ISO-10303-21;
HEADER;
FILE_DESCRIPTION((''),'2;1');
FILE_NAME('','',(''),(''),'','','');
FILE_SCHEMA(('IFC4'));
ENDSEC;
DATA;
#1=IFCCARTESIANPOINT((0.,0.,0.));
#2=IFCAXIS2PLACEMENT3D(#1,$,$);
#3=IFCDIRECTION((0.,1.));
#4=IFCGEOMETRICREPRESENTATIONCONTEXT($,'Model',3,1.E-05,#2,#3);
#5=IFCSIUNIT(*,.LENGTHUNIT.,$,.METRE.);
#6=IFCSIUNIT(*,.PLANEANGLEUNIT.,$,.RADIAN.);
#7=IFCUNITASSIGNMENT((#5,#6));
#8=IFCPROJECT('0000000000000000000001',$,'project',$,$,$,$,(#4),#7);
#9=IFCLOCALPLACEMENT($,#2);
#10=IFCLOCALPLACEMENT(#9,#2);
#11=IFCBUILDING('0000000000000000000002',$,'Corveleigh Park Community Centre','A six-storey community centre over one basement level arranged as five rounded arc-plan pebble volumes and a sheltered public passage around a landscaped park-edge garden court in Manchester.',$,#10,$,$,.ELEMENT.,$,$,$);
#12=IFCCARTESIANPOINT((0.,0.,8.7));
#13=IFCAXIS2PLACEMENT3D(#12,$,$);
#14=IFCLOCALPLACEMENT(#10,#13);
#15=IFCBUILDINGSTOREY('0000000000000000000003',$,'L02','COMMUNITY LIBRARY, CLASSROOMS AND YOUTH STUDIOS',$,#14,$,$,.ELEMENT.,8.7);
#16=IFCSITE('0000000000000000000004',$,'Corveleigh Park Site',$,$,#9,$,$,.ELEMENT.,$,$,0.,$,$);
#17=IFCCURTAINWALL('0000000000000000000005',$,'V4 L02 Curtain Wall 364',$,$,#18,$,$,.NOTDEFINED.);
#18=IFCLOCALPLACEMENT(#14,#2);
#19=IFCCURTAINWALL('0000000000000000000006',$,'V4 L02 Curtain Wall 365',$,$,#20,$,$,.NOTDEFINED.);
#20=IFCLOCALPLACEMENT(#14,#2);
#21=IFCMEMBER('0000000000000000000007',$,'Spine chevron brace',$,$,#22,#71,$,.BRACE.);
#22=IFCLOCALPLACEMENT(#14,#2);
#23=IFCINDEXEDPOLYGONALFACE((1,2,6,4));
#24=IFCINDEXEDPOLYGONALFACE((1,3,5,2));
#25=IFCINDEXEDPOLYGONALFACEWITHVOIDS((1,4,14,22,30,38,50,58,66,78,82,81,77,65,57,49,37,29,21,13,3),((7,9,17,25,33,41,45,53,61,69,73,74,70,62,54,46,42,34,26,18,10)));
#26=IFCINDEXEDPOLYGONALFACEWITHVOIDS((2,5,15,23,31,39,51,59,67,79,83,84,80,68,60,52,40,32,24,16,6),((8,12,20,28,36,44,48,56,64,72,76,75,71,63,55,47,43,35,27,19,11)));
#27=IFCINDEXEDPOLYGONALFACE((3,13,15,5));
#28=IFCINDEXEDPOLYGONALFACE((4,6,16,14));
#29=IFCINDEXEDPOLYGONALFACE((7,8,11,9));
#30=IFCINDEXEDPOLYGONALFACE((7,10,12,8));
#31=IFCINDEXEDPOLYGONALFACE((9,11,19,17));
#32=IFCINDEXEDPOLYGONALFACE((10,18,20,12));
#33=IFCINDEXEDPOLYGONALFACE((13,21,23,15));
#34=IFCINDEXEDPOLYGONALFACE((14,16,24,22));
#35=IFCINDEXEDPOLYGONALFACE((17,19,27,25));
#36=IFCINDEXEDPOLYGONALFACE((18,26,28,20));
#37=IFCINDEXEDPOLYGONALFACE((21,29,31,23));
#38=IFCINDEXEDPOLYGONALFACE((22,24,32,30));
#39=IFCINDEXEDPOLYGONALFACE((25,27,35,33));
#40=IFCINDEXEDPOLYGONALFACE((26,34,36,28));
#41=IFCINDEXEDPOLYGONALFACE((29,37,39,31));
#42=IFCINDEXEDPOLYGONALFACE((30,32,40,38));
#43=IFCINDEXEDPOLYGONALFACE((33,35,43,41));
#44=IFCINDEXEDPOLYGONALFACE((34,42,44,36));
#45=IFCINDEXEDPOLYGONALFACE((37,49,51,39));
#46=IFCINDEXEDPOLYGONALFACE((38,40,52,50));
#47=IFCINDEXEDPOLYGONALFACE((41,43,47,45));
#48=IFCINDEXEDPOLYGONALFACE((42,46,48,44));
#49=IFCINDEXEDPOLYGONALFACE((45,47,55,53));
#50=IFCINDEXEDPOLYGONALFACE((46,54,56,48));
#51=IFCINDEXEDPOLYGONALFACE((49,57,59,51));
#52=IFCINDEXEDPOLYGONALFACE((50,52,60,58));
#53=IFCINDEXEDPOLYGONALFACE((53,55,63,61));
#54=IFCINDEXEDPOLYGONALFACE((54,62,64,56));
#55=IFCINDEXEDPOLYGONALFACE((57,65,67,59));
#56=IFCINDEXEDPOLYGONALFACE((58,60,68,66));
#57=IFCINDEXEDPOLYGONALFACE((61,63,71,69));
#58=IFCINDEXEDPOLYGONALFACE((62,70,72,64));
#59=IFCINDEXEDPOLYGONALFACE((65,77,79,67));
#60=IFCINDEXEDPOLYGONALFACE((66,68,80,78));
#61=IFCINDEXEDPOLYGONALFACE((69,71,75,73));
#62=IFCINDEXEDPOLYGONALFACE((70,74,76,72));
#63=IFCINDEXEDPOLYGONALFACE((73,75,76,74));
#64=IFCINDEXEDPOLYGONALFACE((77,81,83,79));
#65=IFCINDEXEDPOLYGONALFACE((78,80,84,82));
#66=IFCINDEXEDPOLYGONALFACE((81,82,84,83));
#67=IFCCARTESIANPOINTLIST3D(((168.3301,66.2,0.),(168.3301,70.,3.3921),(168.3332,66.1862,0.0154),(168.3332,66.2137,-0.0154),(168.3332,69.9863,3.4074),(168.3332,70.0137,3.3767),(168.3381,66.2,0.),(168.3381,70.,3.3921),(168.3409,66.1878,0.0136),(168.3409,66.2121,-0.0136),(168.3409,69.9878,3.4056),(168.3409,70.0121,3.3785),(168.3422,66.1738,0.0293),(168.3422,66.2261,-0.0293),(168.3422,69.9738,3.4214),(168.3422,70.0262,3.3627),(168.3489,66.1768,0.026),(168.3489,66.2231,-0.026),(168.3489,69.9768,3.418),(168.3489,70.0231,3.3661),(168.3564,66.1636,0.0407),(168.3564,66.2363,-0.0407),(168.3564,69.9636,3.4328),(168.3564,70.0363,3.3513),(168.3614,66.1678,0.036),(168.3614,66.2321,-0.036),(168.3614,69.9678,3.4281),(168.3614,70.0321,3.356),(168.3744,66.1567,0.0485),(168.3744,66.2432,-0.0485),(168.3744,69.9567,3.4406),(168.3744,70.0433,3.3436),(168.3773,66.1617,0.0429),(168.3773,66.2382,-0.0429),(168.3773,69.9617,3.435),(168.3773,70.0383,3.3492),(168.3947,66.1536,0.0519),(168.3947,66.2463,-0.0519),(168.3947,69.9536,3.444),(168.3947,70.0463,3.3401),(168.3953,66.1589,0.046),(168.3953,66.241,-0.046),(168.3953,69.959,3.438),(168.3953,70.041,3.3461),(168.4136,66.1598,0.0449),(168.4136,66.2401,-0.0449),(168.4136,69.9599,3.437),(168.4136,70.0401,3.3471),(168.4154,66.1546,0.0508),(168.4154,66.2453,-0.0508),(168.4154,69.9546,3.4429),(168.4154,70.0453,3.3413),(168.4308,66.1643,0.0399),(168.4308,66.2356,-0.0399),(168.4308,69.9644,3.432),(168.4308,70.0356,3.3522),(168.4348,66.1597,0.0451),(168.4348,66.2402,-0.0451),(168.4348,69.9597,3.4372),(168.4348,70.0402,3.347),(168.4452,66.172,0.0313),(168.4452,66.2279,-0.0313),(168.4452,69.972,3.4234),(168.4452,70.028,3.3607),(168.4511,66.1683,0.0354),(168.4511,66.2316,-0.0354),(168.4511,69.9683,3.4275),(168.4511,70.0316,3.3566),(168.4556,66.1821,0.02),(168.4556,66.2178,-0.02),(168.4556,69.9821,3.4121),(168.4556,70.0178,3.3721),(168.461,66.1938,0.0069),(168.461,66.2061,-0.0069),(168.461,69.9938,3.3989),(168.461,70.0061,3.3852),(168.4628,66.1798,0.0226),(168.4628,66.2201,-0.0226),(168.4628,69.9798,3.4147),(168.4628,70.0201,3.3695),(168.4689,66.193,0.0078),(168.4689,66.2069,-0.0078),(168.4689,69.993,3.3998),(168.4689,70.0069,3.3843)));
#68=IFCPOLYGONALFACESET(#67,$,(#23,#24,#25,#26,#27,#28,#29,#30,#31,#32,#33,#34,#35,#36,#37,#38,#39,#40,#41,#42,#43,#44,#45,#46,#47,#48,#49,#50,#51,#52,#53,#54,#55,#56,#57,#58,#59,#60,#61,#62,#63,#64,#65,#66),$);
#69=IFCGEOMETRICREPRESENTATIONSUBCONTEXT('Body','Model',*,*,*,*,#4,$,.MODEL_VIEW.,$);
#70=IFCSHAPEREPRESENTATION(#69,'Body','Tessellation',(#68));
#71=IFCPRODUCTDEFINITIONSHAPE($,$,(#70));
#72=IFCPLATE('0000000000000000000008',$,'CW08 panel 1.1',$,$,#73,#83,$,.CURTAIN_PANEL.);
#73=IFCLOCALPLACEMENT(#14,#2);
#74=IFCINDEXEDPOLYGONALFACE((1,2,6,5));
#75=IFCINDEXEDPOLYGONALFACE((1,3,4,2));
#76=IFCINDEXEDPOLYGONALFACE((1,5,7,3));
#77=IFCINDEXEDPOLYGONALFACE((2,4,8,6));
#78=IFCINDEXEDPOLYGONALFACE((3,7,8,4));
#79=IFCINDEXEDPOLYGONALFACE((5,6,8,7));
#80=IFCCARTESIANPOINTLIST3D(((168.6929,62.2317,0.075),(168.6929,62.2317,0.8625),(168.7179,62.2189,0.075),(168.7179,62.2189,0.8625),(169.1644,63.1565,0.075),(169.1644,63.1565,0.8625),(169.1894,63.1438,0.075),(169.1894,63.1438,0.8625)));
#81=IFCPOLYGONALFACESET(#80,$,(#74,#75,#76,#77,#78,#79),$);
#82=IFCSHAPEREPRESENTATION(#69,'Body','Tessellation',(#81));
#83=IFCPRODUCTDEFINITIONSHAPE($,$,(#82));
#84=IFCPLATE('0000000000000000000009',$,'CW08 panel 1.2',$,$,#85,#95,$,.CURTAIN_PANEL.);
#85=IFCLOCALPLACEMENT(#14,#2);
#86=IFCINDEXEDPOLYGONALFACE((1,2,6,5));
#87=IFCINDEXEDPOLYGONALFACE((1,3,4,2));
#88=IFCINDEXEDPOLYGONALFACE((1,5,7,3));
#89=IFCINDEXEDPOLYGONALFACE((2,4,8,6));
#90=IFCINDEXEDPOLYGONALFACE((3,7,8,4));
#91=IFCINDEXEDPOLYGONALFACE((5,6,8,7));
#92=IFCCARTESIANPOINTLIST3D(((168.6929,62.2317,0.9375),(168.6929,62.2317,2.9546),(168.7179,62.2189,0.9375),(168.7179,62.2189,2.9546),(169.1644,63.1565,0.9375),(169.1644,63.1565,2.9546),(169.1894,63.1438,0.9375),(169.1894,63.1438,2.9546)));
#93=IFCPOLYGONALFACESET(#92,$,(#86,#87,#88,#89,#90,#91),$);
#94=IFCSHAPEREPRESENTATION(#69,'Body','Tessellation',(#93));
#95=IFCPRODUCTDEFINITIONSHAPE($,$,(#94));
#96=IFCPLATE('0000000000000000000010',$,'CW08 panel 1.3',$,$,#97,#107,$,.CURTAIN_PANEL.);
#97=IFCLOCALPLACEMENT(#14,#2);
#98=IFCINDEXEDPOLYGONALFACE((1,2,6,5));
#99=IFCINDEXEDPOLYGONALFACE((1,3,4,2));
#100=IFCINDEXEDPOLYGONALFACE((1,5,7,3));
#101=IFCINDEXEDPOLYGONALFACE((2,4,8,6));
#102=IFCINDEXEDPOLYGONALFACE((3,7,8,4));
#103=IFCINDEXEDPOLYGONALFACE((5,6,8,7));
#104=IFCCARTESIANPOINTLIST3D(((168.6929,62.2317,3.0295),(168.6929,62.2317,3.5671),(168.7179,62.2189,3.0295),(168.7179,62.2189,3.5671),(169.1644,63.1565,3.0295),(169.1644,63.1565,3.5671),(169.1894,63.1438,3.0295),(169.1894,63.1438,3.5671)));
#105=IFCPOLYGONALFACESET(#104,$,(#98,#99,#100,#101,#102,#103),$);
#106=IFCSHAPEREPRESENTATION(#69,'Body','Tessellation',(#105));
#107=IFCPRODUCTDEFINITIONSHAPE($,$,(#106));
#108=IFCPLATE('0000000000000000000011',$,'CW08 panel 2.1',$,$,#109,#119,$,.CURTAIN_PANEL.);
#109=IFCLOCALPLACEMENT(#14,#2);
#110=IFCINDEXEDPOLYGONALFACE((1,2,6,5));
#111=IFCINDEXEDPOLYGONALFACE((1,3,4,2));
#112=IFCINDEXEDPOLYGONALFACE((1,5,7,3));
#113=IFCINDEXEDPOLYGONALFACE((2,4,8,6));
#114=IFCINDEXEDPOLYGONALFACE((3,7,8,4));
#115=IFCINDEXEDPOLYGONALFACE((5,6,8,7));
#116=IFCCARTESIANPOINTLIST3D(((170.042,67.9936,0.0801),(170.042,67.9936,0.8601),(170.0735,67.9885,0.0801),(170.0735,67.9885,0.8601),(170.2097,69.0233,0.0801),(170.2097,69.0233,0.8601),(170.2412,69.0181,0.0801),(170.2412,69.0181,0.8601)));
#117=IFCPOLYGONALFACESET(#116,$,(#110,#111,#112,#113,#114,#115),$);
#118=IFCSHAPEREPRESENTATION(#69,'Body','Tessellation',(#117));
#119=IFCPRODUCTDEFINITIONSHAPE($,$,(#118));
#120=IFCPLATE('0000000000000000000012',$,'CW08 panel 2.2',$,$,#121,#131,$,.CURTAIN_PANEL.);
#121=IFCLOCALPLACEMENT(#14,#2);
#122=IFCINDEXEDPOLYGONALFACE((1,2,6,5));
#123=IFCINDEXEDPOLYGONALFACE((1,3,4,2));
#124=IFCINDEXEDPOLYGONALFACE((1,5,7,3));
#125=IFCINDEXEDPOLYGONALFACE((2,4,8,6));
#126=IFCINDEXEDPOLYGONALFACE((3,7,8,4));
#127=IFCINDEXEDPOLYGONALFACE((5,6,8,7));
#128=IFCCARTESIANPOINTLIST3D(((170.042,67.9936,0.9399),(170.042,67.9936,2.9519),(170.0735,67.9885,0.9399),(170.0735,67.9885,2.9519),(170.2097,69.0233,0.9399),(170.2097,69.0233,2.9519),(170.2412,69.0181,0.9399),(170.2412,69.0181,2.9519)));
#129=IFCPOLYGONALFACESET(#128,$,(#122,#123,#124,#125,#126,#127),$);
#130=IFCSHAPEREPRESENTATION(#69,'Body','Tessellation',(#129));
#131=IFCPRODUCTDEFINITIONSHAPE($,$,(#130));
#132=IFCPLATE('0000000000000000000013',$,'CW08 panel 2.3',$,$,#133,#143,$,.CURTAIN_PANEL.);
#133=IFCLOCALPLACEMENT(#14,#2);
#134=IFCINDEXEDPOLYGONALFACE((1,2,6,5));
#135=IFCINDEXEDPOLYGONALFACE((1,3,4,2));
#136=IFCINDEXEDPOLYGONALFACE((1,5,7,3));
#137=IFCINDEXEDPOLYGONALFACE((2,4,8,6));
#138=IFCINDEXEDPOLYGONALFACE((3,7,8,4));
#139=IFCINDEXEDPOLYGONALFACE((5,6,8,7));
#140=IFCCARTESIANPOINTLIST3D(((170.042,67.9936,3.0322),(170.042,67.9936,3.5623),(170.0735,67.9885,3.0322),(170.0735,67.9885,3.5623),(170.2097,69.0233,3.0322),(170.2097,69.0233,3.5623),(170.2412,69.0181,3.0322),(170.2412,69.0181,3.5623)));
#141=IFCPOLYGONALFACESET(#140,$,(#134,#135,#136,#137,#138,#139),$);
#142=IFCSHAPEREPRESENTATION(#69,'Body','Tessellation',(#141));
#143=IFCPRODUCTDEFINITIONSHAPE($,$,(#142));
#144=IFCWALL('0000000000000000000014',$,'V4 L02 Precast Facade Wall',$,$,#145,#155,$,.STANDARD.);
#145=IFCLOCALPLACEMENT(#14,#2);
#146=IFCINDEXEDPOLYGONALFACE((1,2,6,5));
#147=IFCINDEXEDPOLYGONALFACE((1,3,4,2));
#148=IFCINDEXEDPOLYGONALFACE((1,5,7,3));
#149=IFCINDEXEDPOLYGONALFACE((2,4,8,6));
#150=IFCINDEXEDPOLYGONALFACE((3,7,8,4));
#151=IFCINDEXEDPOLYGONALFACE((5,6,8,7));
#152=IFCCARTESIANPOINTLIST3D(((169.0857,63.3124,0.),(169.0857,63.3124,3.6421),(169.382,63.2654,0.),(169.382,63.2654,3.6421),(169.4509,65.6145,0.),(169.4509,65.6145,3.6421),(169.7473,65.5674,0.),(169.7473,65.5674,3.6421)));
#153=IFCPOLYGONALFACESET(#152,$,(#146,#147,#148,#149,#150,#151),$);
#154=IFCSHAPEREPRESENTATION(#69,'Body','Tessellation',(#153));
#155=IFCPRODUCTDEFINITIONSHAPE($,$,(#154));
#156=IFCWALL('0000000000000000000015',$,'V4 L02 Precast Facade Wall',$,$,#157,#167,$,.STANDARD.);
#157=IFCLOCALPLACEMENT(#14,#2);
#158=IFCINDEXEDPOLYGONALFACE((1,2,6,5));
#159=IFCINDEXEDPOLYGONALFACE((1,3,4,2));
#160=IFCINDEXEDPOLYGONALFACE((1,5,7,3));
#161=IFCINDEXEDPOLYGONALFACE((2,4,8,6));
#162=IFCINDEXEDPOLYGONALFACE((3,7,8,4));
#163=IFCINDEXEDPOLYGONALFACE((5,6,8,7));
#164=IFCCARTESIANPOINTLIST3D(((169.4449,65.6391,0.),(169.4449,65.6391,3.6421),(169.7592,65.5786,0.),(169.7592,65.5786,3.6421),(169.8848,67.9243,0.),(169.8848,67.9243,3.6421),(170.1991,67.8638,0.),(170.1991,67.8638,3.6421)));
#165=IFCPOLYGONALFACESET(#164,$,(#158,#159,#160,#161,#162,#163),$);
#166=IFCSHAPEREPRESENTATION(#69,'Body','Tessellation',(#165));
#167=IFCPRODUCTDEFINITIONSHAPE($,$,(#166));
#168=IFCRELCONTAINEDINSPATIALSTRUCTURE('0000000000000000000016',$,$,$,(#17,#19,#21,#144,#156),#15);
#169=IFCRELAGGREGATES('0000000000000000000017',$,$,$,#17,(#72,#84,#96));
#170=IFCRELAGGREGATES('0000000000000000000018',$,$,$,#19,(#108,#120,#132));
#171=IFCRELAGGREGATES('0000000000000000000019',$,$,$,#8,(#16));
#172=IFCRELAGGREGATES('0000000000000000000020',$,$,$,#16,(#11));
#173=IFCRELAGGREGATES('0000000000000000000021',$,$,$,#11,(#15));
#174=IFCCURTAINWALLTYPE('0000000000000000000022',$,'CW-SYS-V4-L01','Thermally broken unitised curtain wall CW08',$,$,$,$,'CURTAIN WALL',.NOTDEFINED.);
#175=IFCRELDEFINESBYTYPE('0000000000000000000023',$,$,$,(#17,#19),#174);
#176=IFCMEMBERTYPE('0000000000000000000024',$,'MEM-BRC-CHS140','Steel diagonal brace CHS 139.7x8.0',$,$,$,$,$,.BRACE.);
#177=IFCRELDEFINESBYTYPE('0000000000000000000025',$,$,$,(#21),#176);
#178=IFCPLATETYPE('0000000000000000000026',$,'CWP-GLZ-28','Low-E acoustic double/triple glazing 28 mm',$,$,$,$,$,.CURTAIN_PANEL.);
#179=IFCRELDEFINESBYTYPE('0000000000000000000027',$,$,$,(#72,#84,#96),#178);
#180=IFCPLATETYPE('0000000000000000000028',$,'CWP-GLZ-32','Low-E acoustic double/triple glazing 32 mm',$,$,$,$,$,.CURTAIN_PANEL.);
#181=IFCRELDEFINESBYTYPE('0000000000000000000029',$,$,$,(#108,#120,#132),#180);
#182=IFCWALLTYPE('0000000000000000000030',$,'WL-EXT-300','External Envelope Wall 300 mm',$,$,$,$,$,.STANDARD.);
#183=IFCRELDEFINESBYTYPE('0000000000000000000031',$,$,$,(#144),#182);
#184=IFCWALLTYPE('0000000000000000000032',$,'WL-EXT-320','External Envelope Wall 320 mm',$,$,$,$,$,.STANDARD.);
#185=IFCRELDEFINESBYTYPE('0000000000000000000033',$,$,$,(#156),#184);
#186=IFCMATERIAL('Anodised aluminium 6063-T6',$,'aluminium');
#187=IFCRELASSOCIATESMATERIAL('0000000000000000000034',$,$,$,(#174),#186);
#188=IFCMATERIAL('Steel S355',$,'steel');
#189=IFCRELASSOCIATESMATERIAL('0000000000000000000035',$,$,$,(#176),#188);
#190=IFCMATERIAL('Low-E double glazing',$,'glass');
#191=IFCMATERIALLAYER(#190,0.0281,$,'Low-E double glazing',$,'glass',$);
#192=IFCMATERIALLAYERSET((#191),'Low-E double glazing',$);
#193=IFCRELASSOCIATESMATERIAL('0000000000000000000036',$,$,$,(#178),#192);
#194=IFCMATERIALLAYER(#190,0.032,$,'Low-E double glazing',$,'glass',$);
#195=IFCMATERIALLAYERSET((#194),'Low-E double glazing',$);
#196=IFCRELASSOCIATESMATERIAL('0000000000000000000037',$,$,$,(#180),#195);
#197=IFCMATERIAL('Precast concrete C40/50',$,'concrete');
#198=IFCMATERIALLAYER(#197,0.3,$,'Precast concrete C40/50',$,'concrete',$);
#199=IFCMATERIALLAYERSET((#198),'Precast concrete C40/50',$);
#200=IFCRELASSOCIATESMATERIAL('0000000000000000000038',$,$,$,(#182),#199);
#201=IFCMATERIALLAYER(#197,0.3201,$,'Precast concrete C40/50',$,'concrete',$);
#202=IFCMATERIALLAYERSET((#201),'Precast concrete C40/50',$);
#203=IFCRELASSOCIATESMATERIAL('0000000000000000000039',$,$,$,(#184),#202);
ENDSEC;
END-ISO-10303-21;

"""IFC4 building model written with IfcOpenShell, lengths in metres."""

from ifc_helpers import new_model, si_unit, direction, frame, frame_2d, origin, origin_2d, place, context, subcontext, project, spatial, rectangle, hollow_circle, extrude, material, layer, layer_set, material_profile, profile_set, type_object, element, aggregate, save


model = new_model("IFC4")

# Units and contexts
model_context = context("Model", 3, precision=1e-05, world=origin(), true_north=direction((0.0, 1.0)))
body_context = subcontext(model_context, "Body", "Model", "MODEL_VIEW")
ifc_project = project(units=[si_unit("LENGTHUNIT", "METRE"), si_unit("PLANEANGLEUNIT", "RADIAN")], contexts=[model_context])

# Site, building, storey
site_placement = place(None, origin())
site = spatial("IfcSite", under=ifc_project, at=site_placement, Name="Corveleigh Park Site", CompositionType="ELEMENT", RefElevation=0.0)
building_placement = place(site_placement, origin())
building = spatial("IfcBuilding", under=site, at=building_placement, Name="Corveleigh Park Community Centre", Description="A six-storey community centre over one basement level arranged as five rounded arc-plan pebble volumes and a sheltered public passage around a landscaped park-edge garden court in Manchester.", CompositionType="ELEMENT")
storey_placement = place(building_placement, frame((0.0, 0.0, 8.7)))
storey = spatial("IfcBuildingStorey", under=building, at=storey_placement, Name="L02", Description="COMMUNITY LIBRARY, CLASSROOMS AND YOUTH STUDIOS", CompositionType="ELEMENT", Elevation=8.7)

# Shared definitions
ifc_material_1 = material(Name="Steel S355", Category="steel")

# Curtain wall
ifc_material_2 = material(Name="Anodised aluminium 6063-T6", Category="aluminium")
curtain_wall_type = type_object("IfcCurtainWallType", Name="CW-SYS-V4-L01", Description="Thermally broken unitised curtain wall CW08", ElementType="CURTAIN WALL", PredefinedType="NOTDEFINED", material=ifc_material_2)
curtain_wall_1_placement = place(storey_placement, origin())
curtain_wall_1 = element("IfcCurtainWall", 1, at=curtain_wall_1_placement, inside=storey, type_object=curtain_wall_type, Name="V4 L02 Curtain Wall 364", PredefinedType="NOTDEFINED")

# Curtain wall
curtain_wall_2_placement = place(storey_placement, origin())
curtain_wall_2 = element("IfcCurtainWall", 2, at=curtain_wall_2_placement, inside=storey, type_object=curtain_wall_type, Name="V4 L02 Curtain Wall 365", PredefinedType="NOTDEFINED")

# Member
ifc_material_profile_1 = material_profile(ifc_material_1, hollow_circle(Radius=0.0698, WallThickness=0.0081, at=origin_2d()), Name="CHS 139.7x8.0", Category="steel")
ifc_profile_set_1 = profile_set([ifc_material_profile_1], Name="Steel S355")
member_type_1 = type_object("IfcMemberType", Name="MEM-BRC-CHS140", Description="Steel diagonal brace CHS 139.7x8.0", PredefinedType="BRACE", material=ifc_profile_set_1)
member_1_placement = place(storey_placement, frame((168.3999, 66.2, 0.0), z_axis=(0.0, 0.746017, 0.665927), x_axis=(-1.0, 0.0, 0.0)))
element("IfcMember", 3, at=member_1_placement, inside=storey, type_object=member_type_1, Name="Spine chevron brace", PredefinedType="BRACE", context=body_context, shape_type="SweptSolid", body=[
    extrude(hollow_circle(Radius=0.0698, WallThickness=0.0081, at=origin_2d()), origin(), (0.0, 0.0, 1.0), 5.0938),
])

# Plates
ifc_material_3 = material(Name="Low-E double glazing", Category="glass")
ifc_layer_1 = layer(ifc_material_3, 0.0281, Name="Low-E double glazing", Category="glass")
ifc_layer_set_1 = layer_set([ifc_layer_1], Name="Low-E double glazing")
plate_type_1 = type_object("IfcPlateType", Name="CWP-GLZ-28", Description="Low-E acoustic double/triple glazing 28 mm", PredefinedType="CURTAIN_PANEL", material=ifc_layer_set_1)
plate_1_placement = place(storey_placement, frame((168.9412, 62.6877, 0.075), z_axis=(0.0, 0.0, 1.0), x_axis=(-0.454154, -0.890923, 0.0)))
plate_1 = element("IfcPlate", 4, at=plate_1_placement, type_object=plate_type_1, Name="CW08 panel 1.1", PredefinedType="CURTAIN_PANEL", context=body_context, shape_type="SweptSolid", body=[
    extrude(rectangle(XDim=1.0381, YDim=0.0281, at=origin_2d()), origin(), (0.0, 0.0, 1.0), 0.7876),
])
plate_2_placement = place(storey_placement, frame((168.9412, 62.6877, 0.9375), z_axis=(0.0, 0.0, 1.0), x_axis=(-0.454154, -0.890923, 0.0)))
plate_2 = element("IfcPlate", 5, at=plate_2_placement, type_object=plate_type_1, Name="CW08 panel 1.2", PredefinedType="CURTAIN_PANEL", context=body_context, shape_type="SweptSolid", body=[
    extrude(rectangle(XDim=1.0381, YDim=0.0281, at=origin_2d()), origin(), (0.0, 0.0, 1.0), 2.0171),
])
plate_3_placement = place(storey_placement, frame((168.9412, 62.6877, 3.0295), z_axis=(0.0, 0.0, 1.0), x_axis=(-0.454154, -0.890923, 0.0)))
plate_3 = element("IfcPlate", 6, at=plate_3_placement, type_object=plate_type_1, Name="CW08 panel 1.3", PredefinedType="CURTAIN_PANEL", context=body_context, shape_type="SweptSolid", body=[
    extrude(rectangle(XDim=1.0381, YDim=0.0281, at=origin_2d()), origin(), (0.0, 0.0, 1.0), 0.5376),
])
aggregate(curtain_wall_1, [plate_1, plate_2, plate_3])
ifc_layer_2 = layer(ifc_material_3, 0.032, Name="Low-E double glazing", Category="glass")
ifc_layer_set_2 = layer_set([ifc_layer_2], Name="Low-E double glazing")
plate_type_2 = type_object("IfcPlateType", Name="CWP-GLZ-32", Description="Low-E acoustic double/triple glazing 32 mm", PredefinedType="CURTAIN_PANEL", material=ifc_layer_set_2)
plate_4_placement = place(storey_placement, frame((170.1416, 68.5059, 0.0801), z_axis=(0.0, 0.0, 1.0), x_axis=(-0.160773, -0.986991, 0.0)))
plate_4 = element("IfcPlate", 7, at=plate_4_placement, type_object=plate_type_2, Name="CW08 panel 2.1", PredefinedType="CURTAIN_PANEL", context=body_context, shape_type="SweptSolid", body=[
    extrude(rectangle(XDim=1.0432, YDim=0.032, at=origin_2d()), origin(), (0.0, 0.0, 1.0), 0.78),
])
plate_5_placement = place(storey_placement, frame((170.1416, 68.5059, 0.9399), z_axis=(0.0, 0.0, 1.0), x_axis=(-0.160773, -0.986991, 0.0)))
plate_5 = element("IfcPlate", 8, at=plate_5_placement, type_object=plate_type_2, Name="CW08 panel 2.2", PredefinedType="CURTAIN_PANEL", context=body_context, shape_type="SweptSolid", body=[
    extrude(rectangle(XDim=1.0432, YDim=0.032, at=origin_2d()), origin(), (0.0, 0.0, 1.0), 2.012),
])
plate_6_placement = place(storey_placement, frame((170.1416, 68.5059, 3.0322), z_axis=(0.0, 0.0, 1.0), x_axis=(-0.160773, -0.986991, 0.0)))
plate_6 = element("IfcPlate", 9, at=plate_6_placement, type_object=plate_type_2, Name="CW08 panel 2.3", PredefinedType="CURTAIN_PANEL", context=body_context, shape_type="SweptSolid", body=[
    extrude(rectangle(XDim=1.0432, YDim=0.032, at=origin_2d()), origin(), (0.0, 0.0, 1.0), 0.53),
])
aggregate(curtain_wall_2, [plate_4, plate_5, plate_6])

# Walls
ifc_material_4 = material(Name="Precast concrete C40/50", Category="concrete")
ifc_layer_3 = layer(ifc_material_4, 0.3, Name="Precast concrete C40/50", Category="concrete")
ifc_layer_set_3 = layer_set([ifc_layer_3], Name="Precast concrete C40/50")
wall_type_1 = type_object("IfcWallType", Name="WL-EXT-300", Description="External Envelope Wall 300 mm", PredefinedType="STANDARD", material=ifc_layer_set_3)
wall_1_placement = place(storey_placement, frame((169.5991, 65.5911, 0.0), z_axis=(0.0, 0.0, 1.0), x_axis=(-0.156699, -0.987646, 0.0)))
element("IfcWall", 10, at=wall_1_placement, inside=storey, type_object=wall_type_1, Name="V4 L02 Precast Facade Wall", PredefinedType="STANDARD", context=body_context, shape_type="SweptSolid", body=[
    extrude(rectangle(XDim=2.3308, YDim=0.3, at=frame_2d((1.1655, 0.0))), origin(), (0.0, 0.0, 1.0), 3.6421),
])
ifc_layer_4 = layer(ifc_material_4, 0.3201, Name="Precast concrete C40/50", Category="concrete")
ifc_layer_set_4 = layer_set([ifc_layer_4], Name="Precast concrete C40/50")
wall_type_2 = type_object("IfcWallType", Name="WL-EXT-320", Description="External Envelope Wall 320 mm", PredefinedType="STANDARD", material=ifc_layer_set_4)
wall_2_placement = place(storey_placement, frame((170.042, 67.894, 0.0), z_axis=(0.0, 0.0, 1.0), x_axis=(-0.18905, -0.981968, 0.0)))
element("IfcWall", 11, at=wall_2_placement, inside=storey, type_object=wall_type_2, Name="V4 L02 Precast Facade Wall", PredefinedType="STANDARD", context=body_context, shape_type="SweptSolid", body=[
    extrude(rectangle(XDim=2.3271, YDim=0.3201, at=frame_2d((1.1636, 0.0))), origin(), (0.0, 0.0, 1.0), 3.6421),
])

save(model, "model.ifc")
